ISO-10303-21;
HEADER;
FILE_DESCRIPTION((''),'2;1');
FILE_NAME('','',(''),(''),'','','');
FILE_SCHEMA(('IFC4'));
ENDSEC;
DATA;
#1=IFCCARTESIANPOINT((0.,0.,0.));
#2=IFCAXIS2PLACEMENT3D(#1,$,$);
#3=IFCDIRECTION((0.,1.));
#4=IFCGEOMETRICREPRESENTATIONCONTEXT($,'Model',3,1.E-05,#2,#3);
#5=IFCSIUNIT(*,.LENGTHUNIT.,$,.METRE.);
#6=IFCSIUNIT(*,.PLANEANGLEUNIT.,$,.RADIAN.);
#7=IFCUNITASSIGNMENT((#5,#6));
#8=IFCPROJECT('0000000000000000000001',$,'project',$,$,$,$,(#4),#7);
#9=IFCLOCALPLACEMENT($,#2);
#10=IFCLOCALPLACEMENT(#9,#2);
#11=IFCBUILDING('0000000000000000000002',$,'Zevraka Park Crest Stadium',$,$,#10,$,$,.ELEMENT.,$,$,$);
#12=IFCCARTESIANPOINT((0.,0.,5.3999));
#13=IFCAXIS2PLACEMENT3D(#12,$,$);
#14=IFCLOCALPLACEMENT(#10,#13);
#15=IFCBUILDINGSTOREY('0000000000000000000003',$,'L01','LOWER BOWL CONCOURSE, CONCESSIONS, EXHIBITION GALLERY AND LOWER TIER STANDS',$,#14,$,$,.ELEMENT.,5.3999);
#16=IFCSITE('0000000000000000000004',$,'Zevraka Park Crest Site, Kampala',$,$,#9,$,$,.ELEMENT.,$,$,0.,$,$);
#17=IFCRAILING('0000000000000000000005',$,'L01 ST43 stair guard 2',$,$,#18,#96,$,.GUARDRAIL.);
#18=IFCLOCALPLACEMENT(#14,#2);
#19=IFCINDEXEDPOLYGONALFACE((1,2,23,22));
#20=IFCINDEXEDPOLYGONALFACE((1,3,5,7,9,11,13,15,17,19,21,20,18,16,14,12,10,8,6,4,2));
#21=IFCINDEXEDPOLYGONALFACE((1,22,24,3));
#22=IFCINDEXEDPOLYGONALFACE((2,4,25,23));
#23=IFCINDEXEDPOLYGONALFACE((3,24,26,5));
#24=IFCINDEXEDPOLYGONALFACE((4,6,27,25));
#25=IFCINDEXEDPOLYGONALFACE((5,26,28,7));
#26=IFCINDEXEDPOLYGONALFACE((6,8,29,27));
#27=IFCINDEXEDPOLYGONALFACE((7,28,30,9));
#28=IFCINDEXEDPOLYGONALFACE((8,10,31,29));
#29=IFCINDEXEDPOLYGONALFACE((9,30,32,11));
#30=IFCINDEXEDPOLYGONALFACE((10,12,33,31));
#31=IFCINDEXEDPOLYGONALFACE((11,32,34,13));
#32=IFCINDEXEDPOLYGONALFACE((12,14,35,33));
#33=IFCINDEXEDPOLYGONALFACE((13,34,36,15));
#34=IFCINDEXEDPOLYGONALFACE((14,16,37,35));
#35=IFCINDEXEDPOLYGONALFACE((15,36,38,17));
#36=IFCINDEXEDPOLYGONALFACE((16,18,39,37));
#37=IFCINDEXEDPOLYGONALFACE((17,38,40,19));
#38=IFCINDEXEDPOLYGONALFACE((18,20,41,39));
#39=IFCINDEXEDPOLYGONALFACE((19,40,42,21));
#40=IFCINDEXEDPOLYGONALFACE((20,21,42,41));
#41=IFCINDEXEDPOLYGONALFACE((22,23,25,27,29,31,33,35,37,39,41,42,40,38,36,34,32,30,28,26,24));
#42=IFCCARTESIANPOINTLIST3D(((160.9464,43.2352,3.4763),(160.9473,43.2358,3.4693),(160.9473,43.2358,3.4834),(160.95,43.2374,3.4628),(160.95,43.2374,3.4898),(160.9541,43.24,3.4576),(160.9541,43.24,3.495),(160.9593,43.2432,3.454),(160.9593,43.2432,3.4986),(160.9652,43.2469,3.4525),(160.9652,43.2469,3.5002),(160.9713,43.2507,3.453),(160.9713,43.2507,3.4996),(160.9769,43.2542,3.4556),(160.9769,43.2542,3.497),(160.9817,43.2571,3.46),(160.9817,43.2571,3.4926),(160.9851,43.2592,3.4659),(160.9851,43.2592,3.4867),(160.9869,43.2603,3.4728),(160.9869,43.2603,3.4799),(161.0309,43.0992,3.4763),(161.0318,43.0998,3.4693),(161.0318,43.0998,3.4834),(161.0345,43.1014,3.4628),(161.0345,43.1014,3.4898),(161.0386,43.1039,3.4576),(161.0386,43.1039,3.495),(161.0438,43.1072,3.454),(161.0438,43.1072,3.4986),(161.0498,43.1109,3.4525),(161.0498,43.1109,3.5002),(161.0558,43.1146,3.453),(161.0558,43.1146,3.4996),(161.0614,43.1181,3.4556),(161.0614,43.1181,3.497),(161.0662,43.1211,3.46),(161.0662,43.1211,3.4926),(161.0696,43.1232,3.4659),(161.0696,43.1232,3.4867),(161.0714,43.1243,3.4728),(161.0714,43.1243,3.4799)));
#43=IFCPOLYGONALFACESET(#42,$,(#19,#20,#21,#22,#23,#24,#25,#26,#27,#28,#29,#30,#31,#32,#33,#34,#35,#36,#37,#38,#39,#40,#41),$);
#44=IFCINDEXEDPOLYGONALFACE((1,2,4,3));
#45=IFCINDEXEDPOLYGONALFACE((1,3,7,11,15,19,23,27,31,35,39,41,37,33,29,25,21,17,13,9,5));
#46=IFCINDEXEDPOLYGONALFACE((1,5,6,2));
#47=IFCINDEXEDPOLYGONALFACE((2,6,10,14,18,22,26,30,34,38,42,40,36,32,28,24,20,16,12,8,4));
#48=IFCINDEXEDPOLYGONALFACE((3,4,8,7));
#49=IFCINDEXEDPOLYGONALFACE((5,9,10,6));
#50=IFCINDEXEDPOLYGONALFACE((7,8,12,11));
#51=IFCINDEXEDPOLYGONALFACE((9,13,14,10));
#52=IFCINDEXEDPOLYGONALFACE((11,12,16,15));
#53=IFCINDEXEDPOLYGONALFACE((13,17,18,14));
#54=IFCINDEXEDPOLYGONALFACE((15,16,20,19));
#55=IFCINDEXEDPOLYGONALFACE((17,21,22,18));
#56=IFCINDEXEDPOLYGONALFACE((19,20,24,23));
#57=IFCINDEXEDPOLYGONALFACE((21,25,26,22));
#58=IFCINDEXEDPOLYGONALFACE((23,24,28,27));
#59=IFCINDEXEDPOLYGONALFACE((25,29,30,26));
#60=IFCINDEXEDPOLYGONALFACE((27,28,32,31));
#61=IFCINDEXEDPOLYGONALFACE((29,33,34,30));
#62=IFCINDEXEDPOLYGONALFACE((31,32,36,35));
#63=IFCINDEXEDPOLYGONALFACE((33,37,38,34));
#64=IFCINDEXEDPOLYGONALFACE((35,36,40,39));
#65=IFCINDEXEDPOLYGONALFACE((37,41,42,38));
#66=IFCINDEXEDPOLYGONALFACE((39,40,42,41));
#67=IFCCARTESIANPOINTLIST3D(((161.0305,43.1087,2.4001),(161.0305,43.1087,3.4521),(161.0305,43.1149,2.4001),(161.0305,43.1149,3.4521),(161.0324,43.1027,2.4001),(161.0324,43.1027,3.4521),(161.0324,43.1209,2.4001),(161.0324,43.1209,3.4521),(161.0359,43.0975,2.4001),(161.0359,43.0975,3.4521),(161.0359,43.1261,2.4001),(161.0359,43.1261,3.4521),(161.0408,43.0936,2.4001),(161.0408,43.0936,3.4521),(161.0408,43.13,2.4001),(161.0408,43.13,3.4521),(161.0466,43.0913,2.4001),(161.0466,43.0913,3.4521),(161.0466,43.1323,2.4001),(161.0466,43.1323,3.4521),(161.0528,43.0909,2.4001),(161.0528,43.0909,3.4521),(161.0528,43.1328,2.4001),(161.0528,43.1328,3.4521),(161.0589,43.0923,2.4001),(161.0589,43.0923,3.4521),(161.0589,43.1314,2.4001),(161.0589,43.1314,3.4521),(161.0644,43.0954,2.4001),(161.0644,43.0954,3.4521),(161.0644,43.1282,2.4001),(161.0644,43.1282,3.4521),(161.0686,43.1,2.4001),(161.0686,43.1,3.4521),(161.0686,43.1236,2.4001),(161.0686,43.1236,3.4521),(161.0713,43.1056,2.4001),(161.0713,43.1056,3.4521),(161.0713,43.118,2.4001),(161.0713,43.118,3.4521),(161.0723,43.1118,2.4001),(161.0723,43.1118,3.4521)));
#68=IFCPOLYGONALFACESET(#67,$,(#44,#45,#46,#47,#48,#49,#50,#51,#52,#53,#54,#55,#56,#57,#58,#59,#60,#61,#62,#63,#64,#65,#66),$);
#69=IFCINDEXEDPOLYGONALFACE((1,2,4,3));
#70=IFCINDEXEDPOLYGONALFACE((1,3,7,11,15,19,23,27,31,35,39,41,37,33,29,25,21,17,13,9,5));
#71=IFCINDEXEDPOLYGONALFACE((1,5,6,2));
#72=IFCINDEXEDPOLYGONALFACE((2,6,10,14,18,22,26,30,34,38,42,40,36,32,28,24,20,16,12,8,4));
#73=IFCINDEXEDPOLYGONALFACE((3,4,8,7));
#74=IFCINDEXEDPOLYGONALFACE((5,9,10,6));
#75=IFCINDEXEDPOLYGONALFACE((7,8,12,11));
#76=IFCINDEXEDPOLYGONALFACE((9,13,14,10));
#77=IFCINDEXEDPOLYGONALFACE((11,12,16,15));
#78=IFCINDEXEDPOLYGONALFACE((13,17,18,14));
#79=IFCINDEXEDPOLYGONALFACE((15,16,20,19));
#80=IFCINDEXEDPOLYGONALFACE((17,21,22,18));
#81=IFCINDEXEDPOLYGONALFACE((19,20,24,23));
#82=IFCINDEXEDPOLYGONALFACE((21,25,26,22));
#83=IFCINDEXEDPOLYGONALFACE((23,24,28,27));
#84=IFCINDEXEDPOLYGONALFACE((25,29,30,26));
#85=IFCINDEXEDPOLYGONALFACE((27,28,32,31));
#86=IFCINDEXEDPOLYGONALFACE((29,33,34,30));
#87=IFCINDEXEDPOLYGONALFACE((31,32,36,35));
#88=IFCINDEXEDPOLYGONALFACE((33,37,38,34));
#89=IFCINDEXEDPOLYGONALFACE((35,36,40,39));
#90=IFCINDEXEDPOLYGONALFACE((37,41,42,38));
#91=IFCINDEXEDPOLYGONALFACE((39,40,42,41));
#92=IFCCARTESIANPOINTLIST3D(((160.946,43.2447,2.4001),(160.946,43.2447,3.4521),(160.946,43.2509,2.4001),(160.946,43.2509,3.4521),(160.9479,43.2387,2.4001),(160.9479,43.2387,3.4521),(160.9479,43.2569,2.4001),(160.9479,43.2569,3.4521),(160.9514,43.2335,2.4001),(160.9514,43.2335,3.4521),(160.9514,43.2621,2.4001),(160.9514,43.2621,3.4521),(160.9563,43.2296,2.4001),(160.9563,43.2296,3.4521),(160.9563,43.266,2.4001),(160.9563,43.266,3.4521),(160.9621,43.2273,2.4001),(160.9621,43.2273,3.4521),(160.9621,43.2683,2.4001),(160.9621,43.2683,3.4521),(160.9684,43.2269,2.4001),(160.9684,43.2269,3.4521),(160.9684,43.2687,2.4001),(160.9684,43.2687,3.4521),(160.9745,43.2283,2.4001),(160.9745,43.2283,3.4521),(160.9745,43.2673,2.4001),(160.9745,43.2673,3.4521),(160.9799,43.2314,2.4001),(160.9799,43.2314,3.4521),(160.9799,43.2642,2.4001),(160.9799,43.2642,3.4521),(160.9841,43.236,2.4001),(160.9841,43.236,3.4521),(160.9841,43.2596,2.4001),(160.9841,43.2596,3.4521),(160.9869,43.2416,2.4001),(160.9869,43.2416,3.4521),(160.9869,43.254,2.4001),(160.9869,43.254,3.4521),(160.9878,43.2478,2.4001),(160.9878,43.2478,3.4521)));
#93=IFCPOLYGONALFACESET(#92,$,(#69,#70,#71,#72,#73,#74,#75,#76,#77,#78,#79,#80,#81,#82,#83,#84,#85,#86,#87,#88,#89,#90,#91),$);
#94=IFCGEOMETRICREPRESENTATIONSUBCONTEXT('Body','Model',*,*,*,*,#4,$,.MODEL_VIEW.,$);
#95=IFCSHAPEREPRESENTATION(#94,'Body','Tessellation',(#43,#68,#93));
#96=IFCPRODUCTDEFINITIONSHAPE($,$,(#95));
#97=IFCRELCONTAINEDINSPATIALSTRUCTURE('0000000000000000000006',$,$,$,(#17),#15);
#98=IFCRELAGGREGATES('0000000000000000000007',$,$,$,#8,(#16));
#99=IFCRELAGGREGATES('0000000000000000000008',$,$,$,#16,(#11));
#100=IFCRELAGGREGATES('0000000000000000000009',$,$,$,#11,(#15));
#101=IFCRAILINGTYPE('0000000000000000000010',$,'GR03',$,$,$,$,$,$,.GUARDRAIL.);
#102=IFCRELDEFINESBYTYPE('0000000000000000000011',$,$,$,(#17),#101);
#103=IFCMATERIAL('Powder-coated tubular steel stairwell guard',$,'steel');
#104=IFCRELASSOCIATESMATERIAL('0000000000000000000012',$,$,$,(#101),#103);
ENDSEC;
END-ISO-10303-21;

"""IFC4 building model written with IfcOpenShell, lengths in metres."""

from ifc_helpers import new_model, si_unit, direction, frame, origin, origin_2d, place, context, subcontext, project, spatial, circle, extrude, material, type_object, element, save


model = new_model("IFC4")

# Units and contexts
model_context = context("Model", 3, precision=1e-05, world=origin(), true_north=direction((0.0, 1.0)))
body_context = subcontext(model_context, "Body", "Model", "MODEL_VIEW")
ifc_project = project(units=[si_unit("LENGTHUNIT", "METRE"), si_unit("PLANEANGLEUNIT", "RADIAN")], contexts=[model_context])

# Site, building, storey
site_placement = place(None, origin())
site = spatial("IfcSite", under=ifc_project, at=site_placement, Name="Zevraka Park Crest Site, Kampala", CompositionType="ELEMENT", RefElevation=0.0)
building_placement = place(site_placement, origin())
building = spatial("IfcBuilding", under=site, at=building_placement, Name="Zevraka Park Crest Stadium", CompositionType="ELEMENT")
storey_placement = place(building_placement, frame((0.0, 0.0, 5.3999)))
storey = spatial("IfcBuildingStorey", under=building, at=storey_placement, Name="L01", Description="LOWER BOWL CONCOURSE, CONCESSIONS, EXHIBITION GALLERY AND LOWER TIER STANDS", CompositionType="ELEMENT", Elevation=5.3999)

# Railing
ifc_material_1 = material(Name="Powder-coated tubular steel stairwell guard", Category="steel")
railing_type_1 = type_object("IfcRailingType", Name="GR03", PredefinedType="GUARDRAIL", material=ifc_material_1)
railing_1_placement = place(storey_placement, frame((161.0513, 43.1118, 2.4001)))
element("IfcRailing", 1, at=railing_1_placement, inside=storey, type_object=railing_type_1, Name="L01 ST43 stair guard 2", PredefinedType="GUARDRAIL", context=body_context, shape_type="SweptSolid", body=[
    extrude(circle(Radius=0.0239, at=origin_2d()), frame((0.0, 0.0, 1.0762), z_axis=(-0.527667, 0.849452, 0.0), x_axis=(-0.849452, -0.527667, 0.0)), (0.0, 0.0, 1.0), 0.1602),
    extrude(circle(Radius=0.021, at=origin_2d()), origin(), (0.0, 0.0, 1.0), 1.052),
    extrude(circle(Radius=0.021, at=origin_2d()), frame((-0.0845, 0.136, 0.0)), (0.0, 0.0, 1.0), 1.052),
])

save(model, "model.ifc")
